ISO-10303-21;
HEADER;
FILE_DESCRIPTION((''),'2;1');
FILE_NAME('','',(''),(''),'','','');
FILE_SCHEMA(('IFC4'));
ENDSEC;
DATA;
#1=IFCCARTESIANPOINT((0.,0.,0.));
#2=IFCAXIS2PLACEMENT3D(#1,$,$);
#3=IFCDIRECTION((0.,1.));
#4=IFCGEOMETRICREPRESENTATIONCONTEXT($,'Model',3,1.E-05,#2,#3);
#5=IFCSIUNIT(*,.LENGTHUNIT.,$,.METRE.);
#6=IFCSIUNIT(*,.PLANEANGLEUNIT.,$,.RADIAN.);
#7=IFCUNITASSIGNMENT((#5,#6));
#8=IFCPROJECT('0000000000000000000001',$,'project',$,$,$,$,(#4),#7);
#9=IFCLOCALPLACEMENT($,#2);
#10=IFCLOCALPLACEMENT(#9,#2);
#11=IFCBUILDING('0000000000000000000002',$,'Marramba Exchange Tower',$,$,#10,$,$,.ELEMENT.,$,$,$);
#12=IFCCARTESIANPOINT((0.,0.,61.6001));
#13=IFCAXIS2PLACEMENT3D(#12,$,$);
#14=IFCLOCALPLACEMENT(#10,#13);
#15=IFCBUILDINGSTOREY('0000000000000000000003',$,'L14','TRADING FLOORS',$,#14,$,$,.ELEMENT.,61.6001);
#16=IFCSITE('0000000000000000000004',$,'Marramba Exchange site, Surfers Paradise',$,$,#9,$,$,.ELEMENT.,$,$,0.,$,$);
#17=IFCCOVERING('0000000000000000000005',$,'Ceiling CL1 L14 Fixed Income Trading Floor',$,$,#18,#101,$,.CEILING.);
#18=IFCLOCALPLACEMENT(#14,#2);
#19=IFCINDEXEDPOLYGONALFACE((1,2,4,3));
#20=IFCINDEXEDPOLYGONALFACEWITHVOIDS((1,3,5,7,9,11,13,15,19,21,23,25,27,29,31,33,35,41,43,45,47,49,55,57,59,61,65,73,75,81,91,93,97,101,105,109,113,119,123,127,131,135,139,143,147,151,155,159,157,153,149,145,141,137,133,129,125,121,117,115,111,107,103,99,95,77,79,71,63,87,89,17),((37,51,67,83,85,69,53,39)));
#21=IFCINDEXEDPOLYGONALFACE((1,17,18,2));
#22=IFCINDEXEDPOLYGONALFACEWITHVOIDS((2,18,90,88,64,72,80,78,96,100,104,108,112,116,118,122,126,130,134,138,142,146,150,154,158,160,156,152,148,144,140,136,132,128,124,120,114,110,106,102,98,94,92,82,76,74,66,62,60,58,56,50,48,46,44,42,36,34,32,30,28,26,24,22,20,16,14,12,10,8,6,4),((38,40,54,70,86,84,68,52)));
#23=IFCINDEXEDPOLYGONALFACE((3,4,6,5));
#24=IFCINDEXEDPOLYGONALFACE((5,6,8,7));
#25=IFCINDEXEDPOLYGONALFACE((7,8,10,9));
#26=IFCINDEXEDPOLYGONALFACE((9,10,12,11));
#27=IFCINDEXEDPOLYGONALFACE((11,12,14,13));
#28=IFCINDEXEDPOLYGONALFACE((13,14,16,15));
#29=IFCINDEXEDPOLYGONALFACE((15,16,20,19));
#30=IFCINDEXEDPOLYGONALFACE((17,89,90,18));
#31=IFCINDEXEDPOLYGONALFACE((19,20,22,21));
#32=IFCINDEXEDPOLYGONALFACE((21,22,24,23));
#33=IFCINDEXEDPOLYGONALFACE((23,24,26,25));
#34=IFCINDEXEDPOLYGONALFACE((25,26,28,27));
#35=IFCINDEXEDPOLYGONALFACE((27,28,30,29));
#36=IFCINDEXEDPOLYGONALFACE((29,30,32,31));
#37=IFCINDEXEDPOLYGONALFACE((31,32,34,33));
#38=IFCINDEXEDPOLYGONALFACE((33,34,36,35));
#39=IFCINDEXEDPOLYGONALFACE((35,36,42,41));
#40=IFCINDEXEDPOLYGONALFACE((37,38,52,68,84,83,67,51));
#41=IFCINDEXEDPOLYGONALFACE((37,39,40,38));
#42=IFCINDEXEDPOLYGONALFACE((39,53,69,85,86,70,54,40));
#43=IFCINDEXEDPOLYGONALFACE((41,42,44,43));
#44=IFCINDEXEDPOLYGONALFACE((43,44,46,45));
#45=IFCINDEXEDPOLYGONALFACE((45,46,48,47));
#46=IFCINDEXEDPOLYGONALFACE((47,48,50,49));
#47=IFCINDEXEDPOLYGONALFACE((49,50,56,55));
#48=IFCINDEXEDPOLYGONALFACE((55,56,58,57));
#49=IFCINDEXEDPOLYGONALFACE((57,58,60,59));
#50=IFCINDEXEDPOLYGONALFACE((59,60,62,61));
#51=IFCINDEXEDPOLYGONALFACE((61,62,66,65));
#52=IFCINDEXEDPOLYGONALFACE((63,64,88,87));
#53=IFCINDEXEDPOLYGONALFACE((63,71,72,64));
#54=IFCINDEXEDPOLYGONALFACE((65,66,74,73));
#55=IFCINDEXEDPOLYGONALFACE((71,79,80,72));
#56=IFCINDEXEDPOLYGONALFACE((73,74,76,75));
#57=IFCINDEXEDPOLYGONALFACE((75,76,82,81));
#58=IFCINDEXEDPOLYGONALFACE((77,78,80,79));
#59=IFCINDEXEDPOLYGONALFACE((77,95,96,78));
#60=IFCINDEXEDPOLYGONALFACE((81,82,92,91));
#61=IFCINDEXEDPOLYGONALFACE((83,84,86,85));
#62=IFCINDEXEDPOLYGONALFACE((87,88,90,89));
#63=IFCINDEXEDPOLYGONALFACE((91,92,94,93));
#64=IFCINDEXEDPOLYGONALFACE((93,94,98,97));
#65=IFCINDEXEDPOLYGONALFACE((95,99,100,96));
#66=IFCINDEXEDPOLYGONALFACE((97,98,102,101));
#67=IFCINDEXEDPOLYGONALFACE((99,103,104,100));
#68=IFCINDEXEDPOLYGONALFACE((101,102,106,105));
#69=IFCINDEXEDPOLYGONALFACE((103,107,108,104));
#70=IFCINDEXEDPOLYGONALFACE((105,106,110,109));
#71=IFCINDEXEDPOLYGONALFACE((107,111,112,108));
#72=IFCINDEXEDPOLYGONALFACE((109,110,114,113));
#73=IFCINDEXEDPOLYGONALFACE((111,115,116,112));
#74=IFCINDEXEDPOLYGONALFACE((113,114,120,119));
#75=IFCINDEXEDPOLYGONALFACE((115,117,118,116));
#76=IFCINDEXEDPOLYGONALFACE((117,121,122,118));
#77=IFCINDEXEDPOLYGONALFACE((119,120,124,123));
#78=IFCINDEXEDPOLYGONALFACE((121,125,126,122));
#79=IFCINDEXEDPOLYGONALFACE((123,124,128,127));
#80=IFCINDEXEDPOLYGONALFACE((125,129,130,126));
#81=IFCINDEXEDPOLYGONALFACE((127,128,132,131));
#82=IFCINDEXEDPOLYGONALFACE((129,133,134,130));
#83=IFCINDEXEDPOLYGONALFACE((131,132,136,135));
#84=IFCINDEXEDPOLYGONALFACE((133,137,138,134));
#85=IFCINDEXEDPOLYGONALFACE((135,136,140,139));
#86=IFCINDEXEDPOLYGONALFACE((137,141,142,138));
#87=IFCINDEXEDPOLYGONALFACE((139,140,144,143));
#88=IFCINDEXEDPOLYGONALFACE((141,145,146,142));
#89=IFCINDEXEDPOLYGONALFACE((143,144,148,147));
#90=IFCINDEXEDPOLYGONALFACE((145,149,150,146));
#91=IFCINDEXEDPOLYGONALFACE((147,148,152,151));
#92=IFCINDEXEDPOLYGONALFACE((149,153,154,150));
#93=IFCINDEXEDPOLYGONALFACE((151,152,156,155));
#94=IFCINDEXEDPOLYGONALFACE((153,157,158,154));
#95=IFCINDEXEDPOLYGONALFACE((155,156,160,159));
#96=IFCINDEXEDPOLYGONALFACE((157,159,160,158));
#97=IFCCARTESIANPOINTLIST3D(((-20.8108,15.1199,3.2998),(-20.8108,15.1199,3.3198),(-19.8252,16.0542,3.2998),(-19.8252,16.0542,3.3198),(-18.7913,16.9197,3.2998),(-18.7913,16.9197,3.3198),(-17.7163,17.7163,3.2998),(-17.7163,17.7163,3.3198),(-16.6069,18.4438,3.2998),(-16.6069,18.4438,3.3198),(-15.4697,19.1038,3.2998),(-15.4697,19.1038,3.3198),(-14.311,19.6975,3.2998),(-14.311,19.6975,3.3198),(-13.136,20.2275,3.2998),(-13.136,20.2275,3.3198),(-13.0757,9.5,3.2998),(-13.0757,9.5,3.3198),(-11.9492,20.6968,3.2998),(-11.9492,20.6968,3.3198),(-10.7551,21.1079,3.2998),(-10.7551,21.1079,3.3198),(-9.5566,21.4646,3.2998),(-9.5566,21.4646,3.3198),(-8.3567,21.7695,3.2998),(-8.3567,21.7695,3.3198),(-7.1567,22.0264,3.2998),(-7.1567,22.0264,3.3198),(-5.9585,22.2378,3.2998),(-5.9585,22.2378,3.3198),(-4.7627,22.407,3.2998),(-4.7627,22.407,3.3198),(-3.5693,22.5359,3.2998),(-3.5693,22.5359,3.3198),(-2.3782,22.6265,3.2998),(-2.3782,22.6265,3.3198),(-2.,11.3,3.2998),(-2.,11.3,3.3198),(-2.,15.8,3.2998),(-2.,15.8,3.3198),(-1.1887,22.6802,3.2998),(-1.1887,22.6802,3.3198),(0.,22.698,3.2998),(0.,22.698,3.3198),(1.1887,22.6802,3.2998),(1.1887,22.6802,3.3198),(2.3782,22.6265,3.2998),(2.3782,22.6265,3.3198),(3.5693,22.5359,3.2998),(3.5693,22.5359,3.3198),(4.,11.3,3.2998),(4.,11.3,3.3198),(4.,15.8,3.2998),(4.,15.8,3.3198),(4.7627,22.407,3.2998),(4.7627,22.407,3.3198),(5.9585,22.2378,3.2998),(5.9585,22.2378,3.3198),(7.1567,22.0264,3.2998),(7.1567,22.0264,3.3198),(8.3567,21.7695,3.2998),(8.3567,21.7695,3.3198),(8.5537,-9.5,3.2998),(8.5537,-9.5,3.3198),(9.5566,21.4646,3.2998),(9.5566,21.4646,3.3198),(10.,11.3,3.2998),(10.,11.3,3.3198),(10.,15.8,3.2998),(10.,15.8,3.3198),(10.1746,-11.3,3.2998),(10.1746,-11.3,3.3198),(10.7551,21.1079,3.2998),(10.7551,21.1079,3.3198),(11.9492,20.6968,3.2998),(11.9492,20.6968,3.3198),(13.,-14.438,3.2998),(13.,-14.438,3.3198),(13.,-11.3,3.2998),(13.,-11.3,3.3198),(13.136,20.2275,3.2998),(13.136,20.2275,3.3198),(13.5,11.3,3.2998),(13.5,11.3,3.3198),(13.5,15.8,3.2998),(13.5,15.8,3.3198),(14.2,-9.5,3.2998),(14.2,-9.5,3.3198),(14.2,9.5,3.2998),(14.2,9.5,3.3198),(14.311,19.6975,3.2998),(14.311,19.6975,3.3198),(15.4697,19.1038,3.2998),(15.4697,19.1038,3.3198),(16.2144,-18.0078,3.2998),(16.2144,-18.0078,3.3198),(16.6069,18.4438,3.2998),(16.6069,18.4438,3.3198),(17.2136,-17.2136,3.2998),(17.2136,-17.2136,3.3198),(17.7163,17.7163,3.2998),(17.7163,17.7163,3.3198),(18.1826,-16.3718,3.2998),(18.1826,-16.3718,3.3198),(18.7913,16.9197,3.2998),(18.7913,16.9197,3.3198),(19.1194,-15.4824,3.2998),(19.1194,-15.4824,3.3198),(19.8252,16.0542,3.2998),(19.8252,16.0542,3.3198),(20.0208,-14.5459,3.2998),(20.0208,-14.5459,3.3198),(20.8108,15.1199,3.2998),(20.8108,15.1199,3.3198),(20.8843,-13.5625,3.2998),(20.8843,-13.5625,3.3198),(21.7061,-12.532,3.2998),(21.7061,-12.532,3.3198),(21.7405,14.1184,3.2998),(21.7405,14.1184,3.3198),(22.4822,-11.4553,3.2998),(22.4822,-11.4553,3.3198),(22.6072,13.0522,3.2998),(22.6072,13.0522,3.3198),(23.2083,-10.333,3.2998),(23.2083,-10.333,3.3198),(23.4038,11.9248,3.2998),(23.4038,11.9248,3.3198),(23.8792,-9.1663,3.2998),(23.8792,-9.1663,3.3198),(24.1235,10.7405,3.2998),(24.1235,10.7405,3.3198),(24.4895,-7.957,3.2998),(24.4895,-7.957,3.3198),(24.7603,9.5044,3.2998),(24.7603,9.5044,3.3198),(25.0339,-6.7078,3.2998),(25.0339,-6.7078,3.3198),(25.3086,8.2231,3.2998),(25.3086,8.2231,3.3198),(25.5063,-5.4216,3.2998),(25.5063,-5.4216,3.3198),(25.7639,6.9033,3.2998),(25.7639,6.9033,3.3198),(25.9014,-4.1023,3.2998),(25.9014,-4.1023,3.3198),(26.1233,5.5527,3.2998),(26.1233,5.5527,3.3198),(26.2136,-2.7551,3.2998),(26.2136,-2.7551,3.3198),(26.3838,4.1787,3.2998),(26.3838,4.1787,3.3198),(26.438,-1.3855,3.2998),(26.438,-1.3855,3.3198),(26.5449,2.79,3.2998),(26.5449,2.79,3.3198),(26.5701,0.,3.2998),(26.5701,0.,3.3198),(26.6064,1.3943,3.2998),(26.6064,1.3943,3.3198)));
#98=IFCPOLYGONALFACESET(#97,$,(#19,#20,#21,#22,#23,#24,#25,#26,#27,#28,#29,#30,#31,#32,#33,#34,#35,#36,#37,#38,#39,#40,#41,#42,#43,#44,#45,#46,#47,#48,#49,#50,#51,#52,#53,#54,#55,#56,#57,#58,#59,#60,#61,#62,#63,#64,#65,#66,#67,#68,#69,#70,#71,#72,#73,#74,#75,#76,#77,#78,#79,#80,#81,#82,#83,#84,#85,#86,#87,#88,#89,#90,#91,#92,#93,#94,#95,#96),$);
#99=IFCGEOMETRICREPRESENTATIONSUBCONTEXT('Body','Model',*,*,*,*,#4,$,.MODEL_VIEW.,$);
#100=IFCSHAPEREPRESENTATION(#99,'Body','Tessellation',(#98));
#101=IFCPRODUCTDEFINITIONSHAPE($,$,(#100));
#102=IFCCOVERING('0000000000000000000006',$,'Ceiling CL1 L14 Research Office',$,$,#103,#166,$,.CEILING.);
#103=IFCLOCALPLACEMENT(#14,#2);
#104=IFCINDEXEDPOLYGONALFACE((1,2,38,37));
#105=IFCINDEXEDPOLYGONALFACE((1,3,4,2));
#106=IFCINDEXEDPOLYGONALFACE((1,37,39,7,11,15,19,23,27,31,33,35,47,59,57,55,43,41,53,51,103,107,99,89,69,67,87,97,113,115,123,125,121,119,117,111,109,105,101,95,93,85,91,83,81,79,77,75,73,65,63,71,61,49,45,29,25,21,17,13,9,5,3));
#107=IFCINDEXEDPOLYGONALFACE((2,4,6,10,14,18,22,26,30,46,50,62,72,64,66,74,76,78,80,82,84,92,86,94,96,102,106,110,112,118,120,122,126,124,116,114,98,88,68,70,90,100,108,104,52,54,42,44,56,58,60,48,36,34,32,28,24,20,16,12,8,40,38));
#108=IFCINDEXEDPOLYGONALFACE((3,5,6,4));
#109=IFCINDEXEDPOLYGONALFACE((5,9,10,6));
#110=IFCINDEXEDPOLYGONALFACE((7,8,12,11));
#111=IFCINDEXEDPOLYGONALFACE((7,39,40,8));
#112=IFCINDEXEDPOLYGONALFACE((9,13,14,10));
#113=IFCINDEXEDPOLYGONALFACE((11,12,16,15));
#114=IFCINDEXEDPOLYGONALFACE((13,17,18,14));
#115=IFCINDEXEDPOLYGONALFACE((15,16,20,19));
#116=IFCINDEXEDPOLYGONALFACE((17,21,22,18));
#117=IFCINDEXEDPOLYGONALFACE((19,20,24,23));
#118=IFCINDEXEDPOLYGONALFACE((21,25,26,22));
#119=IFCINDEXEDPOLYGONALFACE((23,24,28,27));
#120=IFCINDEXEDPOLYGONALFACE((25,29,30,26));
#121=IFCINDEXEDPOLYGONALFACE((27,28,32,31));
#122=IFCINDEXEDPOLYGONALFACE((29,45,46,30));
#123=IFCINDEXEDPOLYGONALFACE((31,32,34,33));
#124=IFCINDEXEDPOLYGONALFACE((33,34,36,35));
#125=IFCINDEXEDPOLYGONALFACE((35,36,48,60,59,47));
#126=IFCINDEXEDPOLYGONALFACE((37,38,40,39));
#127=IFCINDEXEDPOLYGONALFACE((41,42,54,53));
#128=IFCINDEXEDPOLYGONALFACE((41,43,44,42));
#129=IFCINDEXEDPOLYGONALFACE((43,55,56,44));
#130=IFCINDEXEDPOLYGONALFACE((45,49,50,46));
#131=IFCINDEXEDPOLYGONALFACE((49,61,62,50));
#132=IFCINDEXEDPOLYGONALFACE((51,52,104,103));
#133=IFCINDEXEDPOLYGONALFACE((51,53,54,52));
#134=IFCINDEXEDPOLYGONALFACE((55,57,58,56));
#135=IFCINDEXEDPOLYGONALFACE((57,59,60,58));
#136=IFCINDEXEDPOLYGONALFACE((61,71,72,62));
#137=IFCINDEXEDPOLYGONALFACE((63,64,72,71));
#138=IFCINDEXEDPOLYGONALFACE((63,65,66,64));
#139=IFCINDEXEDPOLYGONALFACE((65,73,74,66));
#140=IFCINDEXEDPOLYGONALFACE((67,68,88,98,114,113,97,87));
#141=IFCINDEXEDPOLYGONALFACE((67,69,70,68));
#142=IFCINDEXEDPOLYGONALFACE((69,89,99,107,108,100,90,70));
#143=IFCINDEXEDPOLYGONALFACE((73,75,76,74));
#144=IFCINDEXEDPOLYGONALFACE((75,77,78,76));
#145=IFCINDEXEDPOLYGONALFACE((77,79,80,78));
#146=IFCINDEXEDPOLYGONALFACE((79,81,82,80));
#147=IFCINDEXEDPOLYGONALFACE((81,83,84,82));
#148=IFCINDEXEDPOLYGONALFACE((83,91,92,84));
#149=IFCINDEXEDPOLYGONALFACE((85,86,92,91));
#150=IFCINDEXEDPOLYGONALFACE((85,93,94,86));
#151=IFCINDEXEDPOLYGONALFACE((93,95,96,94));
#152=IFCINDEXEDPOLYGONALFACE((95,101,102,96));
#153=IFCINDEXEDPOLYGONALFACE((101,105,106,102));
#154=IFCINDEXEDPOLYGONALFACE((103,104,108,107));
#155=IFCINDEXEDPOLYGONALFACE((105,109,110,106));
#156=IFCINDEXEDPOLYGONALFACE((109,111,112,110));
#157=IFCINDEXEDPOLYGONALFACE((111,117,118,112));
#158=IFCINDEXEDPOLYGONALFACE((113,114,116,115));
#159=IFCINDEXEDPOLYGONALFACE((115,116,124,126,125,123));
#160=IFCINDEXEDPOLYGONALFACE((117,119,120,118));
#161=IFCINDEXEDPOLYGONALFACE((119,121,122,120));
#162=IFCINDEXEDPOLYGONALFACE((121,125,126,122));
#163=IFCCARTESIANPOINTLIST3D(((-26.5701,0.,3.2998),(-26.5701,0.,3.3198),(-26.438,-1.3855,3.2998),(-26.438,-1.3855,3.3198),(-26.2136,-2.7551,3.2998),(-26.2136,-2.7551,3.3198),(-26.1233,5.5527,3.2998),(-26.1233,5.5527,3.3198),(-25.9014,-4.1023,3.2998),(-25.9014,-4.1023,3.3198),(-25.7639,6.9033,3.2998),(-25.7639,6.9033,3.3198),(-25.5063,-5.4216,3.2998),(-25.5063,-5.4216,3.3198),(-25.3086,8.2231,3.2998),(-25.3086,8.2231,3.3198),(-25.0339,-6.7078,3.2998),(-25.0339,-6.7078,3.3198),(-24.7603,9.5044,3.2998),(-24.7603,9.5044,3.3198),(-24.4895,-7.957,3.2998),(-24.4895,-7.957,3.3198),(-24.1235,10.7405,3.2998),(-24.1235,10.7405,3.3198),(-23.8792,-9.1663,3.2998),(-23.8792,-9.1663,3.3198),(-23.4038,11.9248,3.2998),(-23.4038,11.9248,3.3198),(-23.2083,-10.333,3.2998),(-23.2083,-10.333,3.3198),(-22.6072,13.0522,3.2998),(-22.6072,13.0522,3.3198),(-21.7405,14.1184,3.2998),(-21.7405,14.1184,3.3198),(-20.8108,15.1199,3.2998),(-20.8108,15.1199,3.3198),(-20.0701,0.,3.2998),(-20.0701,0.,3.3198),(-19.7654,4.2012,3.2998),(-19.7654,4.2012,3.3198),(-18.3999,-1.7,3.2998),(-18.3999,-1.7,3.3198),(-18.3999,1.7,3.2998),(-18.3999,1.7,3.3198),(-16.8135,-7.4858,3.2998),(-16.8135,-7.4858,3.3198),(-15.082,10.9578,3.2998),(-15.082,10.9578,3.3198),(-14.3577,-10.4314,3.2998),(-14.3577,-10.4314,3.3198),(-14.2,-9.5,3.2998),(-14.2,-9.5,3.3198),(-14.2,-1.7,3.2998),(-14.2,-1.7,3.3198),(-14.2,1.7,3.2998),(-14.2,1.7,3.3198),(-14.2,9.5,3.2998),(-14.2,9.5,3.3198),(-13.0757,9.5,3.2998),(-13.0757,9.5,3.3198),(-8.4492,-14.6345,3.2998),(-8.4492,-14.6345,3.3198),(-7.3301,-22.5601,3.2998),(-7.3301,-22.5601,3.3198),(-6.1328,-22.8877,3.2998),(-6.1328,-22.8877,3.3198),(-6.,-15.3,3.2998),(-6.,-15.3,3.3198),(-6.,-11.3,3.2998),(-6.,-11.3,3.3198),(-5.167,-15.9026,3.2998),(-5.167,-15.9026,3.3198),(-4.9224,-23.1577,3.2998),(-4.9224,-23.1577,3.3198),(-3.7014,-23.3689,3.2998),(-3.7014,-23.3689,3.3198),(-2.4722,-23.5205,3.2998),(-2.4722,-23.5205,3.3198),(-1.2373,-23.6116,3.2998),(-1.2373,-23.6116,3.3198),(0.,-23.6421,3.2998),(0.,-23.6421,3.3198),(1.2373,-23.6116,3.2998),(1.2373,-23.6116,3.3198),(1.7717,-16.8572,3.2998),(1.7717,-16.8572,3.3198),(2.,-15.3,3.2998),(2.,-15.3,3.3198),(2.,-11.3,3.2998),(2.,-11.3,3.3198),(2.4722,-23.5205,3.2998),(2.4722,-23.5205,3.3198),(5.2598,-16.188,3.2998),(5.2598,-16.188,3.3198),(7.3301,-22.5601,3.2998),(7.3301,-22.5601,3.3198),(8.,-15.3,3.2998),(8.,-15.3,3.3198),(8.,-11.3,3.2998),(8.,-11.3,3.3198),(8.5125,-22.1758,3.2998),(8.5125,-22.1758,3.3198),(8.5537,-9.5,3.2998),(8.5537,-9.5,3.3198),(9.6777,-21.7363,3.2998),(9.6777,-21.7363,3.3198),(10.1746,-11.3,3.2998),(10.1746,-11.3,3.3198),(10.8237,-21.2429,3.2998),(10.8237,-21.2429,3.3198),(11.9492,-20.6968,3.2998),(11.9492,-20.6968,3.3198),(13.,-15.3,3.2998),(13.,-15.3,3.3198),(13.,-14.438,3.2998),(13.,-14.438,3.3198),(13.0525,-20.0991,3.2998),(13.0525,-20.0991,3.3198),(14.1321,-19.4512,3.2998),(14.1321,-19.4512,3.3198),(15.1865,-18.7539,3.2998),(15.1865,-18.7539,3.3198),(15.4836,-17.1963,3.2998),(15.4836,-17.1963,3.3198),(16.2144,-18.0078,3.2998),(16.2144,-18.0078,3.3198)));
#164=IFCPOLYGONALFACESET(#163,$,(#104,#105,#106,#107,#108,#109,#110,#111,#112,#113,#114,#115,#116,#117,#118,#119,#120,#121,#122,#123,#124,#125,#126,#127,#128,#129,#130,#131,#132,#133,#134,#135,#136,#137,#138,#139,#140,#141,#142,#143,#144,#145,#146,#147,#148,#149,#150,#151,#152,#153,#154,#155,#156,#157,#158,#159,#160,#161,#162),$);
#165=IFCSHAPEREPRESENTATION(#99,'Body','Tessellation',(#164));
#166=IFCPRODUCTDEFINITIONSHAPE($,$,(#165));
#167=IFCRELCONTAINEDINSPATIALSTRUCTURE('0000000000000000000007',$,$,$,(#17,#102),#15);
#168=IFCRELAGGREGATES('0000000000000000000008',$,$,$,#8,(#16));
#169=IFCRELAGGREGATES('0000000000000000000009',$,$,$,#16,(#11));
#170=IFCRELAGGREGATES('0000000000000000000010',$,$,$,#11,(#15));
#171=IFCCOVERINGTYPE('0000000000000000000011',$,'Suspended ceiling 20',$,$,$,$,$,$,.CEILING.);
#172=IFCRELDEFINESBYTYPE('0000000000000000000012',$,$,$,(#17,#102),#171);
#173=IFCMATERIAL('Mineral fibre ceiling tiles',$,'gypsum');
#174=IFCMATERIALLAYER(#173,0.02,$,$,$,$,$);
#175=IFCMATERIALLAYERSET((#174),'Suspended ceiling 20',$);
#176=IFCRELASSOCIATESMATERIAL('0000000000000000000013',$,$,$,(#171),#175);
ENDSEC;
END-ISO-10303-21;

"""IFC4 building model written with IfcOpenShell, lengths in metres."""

from ifc_helpers import new_model, si_unit, direction, frame, origin, place, context, subcontext, project, spatial, polyline, outline, extrude, material, layer, layer_set, type_object, element, save


model = new_model("IFC4")

# Units and contexts
model_context = context("Model", 3, precision=1e-05, world=origin(), true_north=direction((0.0, 1.0)))
body_context = subcontext(model_context, "Body", "Model", "MODEL_VIEW")
ifc_project = project(units=[si_unit("LENGTHUNIT", "METRE"), si_unit("PLANEANGLEUNIT", "RADIAN")], contexts=[model_context])

# Site, building, storey
site_placement = place(None, origin())
site = spatial("IfcSite", under=ifc_project, at=site_placement, Name="Marramba Exchange site, Surfers Paradise", CompositionType="ELEMENT", RefElevation=0.0)
building_placement = place(site_placement, origin())
building = spatial("IfcBuilding", under=site, at=building_placement, Name="Marramba Exchange Tower", CompositionType="ELEMENT")
storey_placement = place(building_placement, frame((0.0, 0.0, 61.6001)))
storey = spatial("IfcBuildingStorey", under=building, at=storey_placement, Name="L14", Description="TRADING FLOORS", CompositionType="ELEMENT", Elevation=61.6001)

# Coverings
ifc_material_1 = material(Name="Mineral fibre ceiling tiles", Category="gypsum")
ifc_layer_1 = layer(ifc_material_1, 0.02)
ifc_layer_set_1 = layer_set([ifc_layer_1], Name="Suspended ceiling 20")
covering_type_1 = type_object("IfcCoveringType", Name="Suspended ceiling 20", PredefinedType="CEILING", material=ifc_layer_set_1)
covering_1_placement = place(storey_placement, frame((0.0, 0.0, 3.2998)))
element("IfcCovering", 1, at=covering_1_placement, inside=storey, type_object=covering_type_1, Name="Ceiling CL1 L14 Fixed Income Trading Floor", PredefinedType="CEILING", context=body_context, shape_type="SweptSolid", body=[
    extrude(outline(polyline([(14.2, 9.5), (-13.0757, 9.5), (-20.8108, 15.1199), (-19.8252, 16.0542), (-18.7913, 16.9197), (-17.7163, 17.7163), (-16.6069, 18.4438), (-15.4697, 19.1038), (-14.311, 19.6975), (-13.136, 20.2275), (-11.9492, 20.6968), (-10.7551, 21.1079), (-9.5566, 21.4646), (-8.3567, 21.7695), (-7.1567, 22.0264), (-5.9585, 22.2378), (-4.7627, 22.407), (-3.5693, 22.5359), (-2.3782, 22.6265), (-1.1887, 22.6802), (0.0, 22.698), (1.1887, 22.6802), (2.3782, 22.6265), (3.5693, 22.5359), (4.7627, 22.407), (5.9585, 22.2378), (7.1567, 22.0264), (8.3567, 21.7695), (9.5566, 21.4646), (10.7551, 21.1079), (11.9492, 20.6968), (13.136, 20.2275), (14.311, 19.6975), (15.4697, 19.1038), (16.6069, 18.4438), (17.7163, 17.7163), (18.7913, 16.9197), (19.8252, 16.0542), (20.8108, 15.1199), (21.7405, 14.1184), (22.6072, 13.0522), (23.4038, 11.9248), (24.1235, 10.7405), (24.7603, 9.5044), (25.3086, 8.2231), (25.7639, 6.9033), (26.1233, 5.5527), (26.3838, 4.1787), (26.5449, 2.79), (26.6064, 1.3943), (26.5701, 0.0), (26.438, -1.3855), (26.2136, -2.7551), (25.9014, -4.1023), (25.5063, -5.4216), (25.0339, -6.7078), (24.4895, -7.957), (23.8792, -9.1663), (23.2083, -10.333), (22.4822, -11.4553), (21.7061, -12.532), (20.8843, -13.5625), (20.0208, -14.5459), (19.1194, -15.4824), (18.1826, -16.3718), (17.2136, -17.2136), (16.2144, -18.0078), (13.0, -14.438), (13.0, -11.3), (10.1746, -11.3), (8.5537, -9.5), (14.2, -9.5), (14.2, 9.5)]), holes=[polyline([(-2.0, 11.3), (4.0, 11.3), (10.0, 11.3), (13.5, 11.3), (13.5, 15.8), (10.0, 15.8), (4.0, 15.8), (-2.0, 15.8), (-2.0, 11.3)])]), origin(), (0.0, 0.0, 1.0), 0.02),
])
covering_2_placement = place(storey_placement, frame((0.0, 0.0, 3.2998)))
element("IfcCovering", 2, at=covering_2_placement, inside=storey, type_object=covering_type_1, Name="Ceiling CL1 L14 Research Office", PredefinedType="CEILING", context=body_context, shape_type="SweptSolid", body=[
    extrude(outline(polyline([(-14.2, 1.7), (-18.3999, 1.7), (-18.3999, -1.7), (-14.2, -1.7), (-14.2, -9.5), (8.5537, -9.5), (10.1746, -11.3), (8.0, -11.3), (2.0, -11.3), (-6.0, -11.3), (-6.0, -15.3), (2.0, -15.3), (8.0, -15.3), (13.0, -15.3), (13.0, -14.438), (15.4836, -17.1963), (16.2144, -18.0078), (15.1865, -18.7539), (14.1321, -19.4512), (13.0525, -20.0991), (11.9492, -20.6968), (10.8237, -21.2429), (9.6777, -21.7363), (8.5125, -22.1758), (7.3301, -22.5601), (5.2598, -16.188), (1.7717, -16.8572), (2.4722, -23.5205), (1.2373, -23.6116), (0.0, -23.6421), (-1.2373, -23.6116), (-2.4722, -23.5205), (-3.7014, -23.3689), (-4.9224, -23.1577), (-6.1328, -22.8877), (-7.3301, -22.5601), (-5.167, -15.9026), (-8.4492, -14.6345), (-14.3577, -10.4314), (-16.8135, -7.4858), (-23.2083, -10.333), (-23.8792, -9.1663), (-24.4895, -7.957), (-25.0339, -6.7078), (-25.5063, -5.4216), (-25.9014, -4.1023), (-26.2136, -2.7551), (-26.438, -1.3855), (-26.5701, 0.0), (-20.0701, 0.0), (-19.7654, 4.2012), (-26.1233, 5.5527), (-25.7639, 6.9033), (-25.3086, 8.2231), (-24.7603, 9.5044), (-24.1235, 10.7405), (-23.4038, 11.9248), (-22.6072, 13.0522), (-21.7405, 14.1184), (-20.8108, 15.1199), (-15.082, 10.9578), (-13.0757, 9.5), (-14.2, 9.5), (-14.2, 1.7)])), origin(), (0.0, 0.0, 1.0), 0.02),
])

save(model, "model.ifc")
